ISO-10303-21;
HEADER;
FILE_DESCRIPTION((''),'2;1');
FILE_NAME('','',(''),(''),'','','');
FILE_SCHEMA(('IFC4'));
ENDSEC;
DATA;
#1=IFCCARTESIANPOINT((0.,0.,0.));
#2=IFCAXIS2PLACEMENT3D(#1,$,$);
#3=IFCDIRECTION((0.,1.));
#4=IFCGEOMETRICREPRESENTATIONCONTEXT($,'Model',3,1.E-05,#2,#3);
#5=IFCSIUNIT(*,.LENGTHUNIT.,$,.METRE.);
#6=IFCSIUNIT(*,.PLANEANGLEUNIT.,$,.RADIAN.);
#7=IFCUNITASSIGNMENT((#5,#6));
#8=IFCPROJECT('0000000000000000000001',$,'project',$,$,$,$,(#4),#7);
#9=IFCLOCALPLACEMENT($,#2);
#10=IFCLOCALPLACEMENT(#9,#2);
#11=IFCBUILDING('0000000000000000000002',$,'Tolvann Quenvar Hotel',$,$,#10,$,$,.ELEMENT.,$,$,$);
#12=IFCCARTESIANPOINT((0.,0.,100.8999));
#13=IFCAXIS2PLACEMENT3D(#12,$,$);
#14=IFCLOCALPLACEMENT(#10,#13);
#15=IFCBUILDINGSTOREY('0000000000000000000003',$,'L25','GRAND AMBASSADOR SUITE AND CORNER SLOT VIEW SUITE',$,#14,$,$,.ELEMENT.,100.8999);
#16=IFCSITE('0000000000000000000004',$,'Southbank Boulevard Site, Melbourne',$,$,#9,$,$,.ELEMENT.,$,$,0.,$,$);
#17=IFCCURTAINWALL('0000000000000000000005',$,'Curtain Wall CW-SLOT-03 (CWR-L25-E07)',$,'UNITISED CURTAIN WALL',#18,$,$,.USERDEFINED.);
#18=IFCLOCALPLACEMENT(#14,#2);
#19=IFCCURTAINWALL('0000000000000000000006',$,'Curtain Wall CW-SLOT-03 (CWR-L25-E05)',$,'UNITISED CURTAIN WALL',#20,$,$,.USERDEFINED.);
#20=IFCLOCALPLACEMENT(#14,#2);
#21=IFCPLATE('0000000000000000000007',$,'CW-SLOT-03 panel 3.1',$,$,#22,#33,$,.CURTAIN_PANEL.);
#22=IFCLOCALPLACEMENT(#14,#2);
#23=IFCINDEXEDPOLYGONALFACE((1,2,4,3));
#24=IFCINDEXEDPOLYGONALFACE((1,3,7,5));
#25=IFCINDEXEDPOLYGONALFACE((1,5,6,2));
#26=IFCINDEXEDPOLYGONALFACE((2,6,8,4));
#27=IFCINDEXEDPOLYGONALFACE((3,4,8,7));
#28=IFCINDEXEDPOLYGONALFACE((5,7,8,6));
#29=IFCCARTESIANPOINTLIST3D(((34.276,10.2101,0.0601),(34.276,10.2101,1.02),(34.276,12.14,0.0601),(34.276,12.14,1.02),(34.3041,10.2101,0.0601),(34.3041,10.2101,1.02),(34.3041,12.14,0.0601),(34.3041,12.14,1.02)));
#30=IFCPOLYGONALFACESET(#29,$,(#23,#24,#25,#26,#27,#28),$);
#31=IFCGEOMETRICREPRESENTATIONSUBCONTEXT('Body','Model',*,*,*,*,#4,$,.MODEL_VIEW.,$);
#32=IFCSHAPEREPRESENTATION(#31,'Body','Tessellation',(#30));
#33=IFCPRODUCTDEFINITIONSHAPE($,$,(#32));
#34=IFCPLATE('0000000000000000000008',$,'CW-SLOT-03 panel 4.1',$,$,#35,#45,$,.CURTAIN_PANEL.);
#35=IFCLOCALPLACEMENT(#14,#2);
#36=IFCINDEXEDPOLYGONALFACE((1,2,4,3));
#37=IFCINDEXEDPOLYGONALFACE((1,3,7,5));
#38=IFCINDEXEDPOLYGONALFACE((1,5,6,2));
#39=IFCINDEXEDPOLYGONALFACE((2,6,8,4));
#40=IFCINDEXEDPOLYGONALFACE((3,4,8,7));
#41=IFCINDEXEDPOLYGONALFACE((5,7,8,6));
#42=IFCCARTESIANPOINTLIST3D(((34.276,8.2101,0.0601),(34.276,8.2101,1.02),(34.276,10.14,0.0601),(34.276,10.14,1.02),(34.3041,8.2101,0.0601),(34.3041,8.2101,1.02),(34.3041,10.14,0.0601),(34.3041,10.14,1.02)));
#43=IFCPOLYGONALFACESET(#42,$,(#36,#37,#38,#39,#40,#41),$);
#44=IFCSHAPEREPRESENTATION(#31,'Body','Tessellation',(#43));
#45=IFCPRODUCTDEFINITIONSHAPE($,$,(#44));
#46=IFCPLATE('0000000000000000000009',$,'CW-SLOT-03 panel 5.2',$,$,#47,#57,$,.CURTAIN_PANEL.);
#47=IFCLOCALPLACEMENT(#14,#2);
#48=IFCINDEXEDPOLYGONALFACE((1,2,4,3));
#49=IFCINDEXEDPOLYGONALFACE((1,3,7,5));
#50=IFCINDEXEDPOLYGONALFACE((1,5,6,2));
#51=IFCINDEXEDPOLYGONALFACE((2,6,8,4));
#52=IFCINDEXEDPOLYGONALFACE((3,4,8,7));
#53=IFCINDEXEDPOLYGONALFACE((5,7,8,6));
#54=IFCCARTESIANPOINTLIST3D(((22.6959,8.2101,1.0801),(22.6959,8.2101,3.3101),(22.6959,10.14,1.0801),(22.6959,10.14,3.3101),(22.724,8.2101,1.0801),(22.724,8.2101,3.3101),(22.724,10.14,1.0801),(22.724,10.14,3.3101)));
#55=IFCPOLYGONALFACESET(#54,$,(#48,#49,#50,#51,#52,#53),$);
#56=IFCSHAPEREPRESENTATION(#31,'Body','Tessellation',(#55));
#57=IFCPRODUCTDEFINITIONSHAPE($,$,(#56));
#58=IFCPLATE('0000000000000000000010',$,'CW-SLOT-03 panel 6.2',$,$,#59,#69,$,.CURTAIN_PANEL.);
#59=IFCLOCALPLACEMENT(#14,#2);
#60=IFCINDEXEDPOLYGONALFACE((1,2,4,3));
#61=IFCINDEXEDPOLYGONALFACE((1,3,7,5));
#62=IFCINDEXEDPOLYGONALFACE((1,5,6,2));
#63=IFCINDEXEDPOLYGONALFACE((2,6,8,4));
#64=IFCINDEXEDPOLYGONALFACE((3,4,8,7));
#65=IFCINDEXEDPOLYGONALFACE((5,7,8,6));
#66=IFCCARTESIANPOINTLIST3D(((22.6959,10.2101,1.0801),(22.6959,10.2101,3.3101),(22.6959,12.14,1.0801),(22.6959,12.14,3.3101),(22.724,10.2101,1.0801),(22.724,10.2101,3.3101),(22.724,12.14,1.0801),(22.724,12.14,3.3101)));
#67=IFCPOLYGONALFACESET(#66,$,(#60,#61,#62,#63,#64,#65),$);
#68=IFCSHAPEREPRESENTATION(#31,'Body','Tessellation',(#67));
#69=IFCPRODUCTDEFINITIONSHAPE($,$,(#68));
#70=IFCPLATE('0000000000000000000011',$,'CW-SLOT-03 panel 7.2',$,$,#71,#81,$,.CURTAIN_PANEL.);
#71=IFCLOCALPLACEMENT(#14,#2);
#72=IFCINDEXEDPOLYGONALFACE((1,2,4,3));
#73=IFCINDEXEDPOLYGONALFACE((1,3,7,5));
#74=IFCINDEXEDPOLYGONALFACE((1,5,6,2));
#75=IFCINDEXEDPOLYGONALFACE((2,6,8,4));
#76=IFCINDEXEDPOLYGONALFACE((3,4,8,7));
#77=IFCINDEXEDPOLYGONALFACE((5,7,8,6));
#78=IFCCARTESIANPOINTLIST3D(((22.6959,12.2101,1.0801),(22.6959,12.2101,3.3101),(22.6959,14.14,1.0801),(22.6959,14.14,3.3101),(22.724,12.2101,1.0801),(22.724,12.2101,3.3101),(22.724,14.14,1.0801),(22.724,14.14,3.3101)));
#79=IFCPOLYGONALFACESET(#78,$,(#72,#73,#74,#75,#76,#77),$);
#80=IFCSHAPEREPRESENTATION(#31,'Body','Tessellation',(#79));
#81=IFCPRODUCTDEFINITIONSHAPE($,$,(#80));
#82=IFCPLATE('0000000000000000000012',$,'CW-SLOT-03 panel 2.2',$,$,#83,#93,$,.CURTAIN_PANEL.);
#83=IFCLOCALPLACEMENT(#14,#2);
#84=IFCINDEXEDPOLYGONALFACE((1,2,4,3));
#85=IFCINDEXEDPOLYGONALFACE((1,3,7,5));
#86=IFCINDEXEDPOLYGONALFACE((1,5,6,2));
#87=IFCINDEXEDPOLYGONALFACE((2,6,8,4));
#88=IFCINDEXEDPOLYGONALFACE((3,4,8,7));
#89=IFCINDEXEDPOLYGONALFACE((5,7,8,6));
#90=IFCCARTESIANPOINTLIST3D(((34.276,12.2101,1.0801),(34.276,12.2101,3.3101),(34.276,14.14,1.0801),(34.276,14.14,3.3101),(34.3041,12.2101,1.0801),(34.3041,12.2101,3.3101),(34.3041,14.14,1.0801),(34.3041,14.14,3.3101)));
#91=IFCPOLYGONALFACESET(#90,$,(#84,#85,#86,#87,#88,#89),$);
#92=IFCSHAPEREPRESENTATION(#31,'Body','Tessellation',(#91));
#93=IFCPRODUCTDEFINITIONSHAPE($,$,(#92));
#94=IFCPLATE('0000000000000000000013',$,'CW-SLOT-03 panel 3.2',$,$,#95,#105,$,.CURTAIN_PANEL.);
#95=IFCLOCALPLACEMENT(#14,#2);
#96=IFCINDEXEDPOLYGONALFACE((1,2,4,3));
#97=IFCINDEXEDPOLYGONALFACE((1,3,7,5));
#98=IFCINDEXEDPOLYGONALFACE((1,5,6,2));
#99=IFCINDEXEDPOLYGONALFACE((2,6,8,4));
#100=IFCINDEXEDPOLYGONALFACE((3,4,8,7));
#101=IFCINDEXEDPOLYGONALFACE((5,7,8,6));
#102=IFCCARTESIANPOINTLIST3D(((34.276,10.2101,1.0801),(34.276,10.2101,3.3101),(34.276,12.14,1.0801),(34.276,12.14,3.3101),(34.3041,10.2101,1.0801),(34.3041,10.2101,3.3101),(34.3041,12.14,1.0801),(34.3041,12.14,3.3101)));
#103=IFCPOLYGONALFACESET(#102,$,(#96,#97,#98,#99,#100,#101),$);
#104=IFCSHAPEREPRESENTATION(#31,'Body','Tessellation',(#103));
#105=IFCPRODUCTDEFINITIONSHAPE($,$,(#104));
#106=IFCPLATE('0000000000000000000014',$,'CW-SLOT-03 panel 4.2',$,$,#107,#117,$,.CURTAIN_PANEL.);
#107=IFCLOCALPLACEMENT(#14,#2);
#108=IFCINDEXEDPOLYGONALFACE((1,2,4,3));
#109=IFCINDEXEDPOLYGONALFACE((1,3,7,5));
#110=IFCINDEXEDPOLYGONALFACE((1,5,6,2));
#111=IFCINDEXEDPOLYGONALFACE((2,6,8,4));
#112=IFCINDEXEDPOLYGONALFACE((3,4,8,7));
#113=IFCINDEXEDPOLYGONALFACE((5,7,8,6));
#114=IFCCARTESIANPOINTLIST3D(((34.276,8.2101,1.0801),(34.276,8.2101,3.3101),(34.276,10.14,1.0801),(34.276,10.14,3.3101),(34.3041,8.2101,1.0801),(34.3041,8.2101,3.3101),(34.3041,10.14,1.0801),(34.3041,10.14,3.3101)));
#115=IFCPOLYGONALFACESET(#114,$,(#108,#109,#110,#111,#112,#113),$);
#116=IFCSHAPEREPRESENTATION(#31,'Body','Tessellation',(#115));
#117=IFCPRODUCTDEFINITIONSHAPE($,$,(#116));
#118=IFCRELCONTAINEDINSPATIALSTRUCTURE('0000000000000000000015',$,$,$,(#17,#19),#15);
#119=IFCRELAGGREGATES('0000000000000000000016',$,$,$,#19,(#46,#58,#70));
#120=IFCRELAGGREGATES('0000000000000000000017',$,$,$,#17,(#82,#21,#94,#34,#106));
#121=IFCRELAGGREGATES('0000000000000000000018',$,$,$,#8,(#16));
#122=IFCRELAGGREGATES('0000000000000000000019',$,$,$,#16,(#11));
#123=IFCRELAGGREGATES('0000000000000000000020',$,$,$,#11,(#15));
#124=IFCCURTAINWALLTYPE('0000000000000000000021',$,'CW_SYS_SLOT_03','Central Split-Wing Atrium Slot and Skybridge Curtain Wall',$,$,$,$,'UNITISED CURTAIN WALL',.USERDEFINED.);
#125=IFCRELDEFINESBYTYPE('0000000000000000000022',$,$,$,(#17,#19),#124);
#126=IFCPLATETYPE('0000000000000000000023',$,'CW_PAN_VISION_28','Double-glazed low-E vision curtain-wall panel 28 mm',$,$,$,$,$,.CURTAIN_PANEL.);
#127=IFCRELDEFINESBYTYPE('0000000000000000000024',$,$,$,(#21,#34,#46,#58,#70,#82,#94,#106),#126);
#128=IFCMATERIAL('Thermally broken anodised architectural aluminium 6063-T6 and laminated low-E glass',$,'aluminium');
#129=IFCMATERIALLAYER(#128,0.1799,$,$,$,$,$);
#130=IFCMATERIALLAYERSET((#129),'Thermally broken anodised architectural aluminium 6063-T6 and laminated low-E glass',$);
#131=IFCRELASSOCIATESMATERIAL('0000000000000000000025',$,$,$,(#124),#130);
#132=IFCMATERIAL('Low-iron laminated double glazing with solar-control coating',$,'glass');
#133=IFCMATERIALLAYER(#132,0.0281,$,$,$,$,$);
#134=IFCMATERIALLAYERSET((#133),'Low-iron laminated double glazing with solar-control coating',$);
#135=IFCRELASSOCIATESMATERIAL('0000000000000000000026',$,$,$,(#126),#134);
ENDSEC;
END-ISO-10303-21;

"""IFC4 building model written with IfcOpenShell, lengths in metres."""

from ifc_helpers import new_model, si_unit, direction, frame, origin, origin_2d, place, context, subcontext, project, spatial, rectangle, extrude, source, transform, mapped, material, layer, layer_set, type_object, type_shapes, element, aggregate, save


model = new_model("IFC4")

# Units and contexts
model_context = context("Model", 3, precision=1e-05, world=origin(), true_north=direction((0.0, 1.0)))
body_context = subcontext(model_context, "Body", "Model", "MODEL_VIEW")
ifc_project = project(units=[si_unit("LENGTHUNIT", "METRE"), si_unit("PLANEANGLEUNIT", "RADIAN")], contexts=[model_context])

# Site, building, storey
site_placement = place(None, origin())
site = spatial("IfcSite", under=ifc_project, at=site_placement, Name="Southbank Boulevard Site, Melbourne", CompositionType="ELEMENT", RefElevation=0.0)
building_placement = place(site_placement, origin())
building = spatial("IfcBuilding", under=site, at=building_placement, Name="Tolvann Quenvar Hotel", CompositionType="ELEMENT")
storey_placement = place(building_placement, frame((0.0, 0.0, 100.8999)))
storey = spatial("IfcBuildingStorey", under=building, at=storey_placement, Name="L25", Description="GRAND AMBASSADOR SUITE AND CORNER SLOT VIEW SUITE", CompositionType="ELEMENT", Elevation=100.8999)

# Curtain walls
ifc_material_1 = material(Name="Thermally broken anodised architectural aluminium 6063-T6 and laminated low-E glass", Category="aluminium")
ifc_layer_1 = layer(ifc_material_1, 0.1799)
ifc_layer_set_1 = layer_set([ifc_layer_1], Name="Thermally broken anodised architectural aluminium 6063-T6 and laminated low-E glass")
curtain_wall_type = type_object("IfcCurtainWallType", Name="CW_SYS_SLOT_03", Description="Central Split-Wing Atrium Slot and Skybridge Curtain Wall", ElementType="UNITISED CURTAIN WALL", PredefinedType="USERDEFINED", material=ifc_layer_set_1)
curtain_wall_1_placement = place(storey_placement, origin())
curtain_wall_1 = element("IfcCurtainWall", 1, at=curtain_wall_1_placement, inside=storey, type_object=curtain_wall_type, Name="Curtain Wall CW-SLOT-03 (CWR-L25-E07)", ObjectType="UNITISED CURTAIN WALL", PredefinedType="USERDEFINED")
curtain_wall_2_placement = place(storey_placement, origin())
curtain_wall_2 = element("IfcCurtainWall", 2, at=curtain_wall_2_placement, inside=storey, type_object=curtain_wall_type, Name="Curtain Wall CW-SLOT-03 (CWR-L25-E05)", ObjectType="UNITISED CURTAIN WALL", PredefinedType="USERDEFINED")

# Plates
ifc_material_2 = material(Name="Low-iron laminated double glazing with solar-control coating", Category="glass")
ifc_layer_2 = layer(ifc_material_2, 0.0281)
ifc_layer_set_2 = layer_set([ifc_layer_2], Name="Low-iron laminated double glazing with solar-control coating")
plate_type = type_object("IfcPlateType", Name="CW_PAN_VISION_28", Description="Double-glazed low-E vision curtain-wall panel 28 mm", PredefinedType="CURTAIN_PANEL", material=ifc_layer_set_2)
shared_shape_1 = source(origin(), body_context, "Body", "SweptSolid", [
    extrude(rectangle(XDim=1.9299, YDim=0.0281, at=origin_2d()), origin(), (0.0, 0.0, 1.0), 0.96),
])
plate_1_placement = place(storey_placement, frame((34.29, 11.175, 0.0601), z_axis=(0.0, 0.0, 1.0), x_axis=(0.0, -1.0, 0.0)))
plate_1 = element("IfcPlate", 3, at=plate_1_placement, type_object=plate_type, Name="CW-SLOT-03 panel 3.1", PredefinedType="CURTAIN_PANEL", context=body_context, shape_type="MappedRepresentation", body=[
    mapped(shared_shape_1, transform((0.0, 0.0, 0.0), x_axis=(1.0, 0.0, 0.0), y_axis=(0.0, 1.0, 0.0), z_axis=(0.0, 0.0, 1.0), scale=1.0)),
])
plate_2_placement = place(storey_placement, frame((34.29, 9.175, 0.0601), z_axis=(0.0, 0.0, 1.0), x_axis=(0.0, -1.0, 0.0)))
plate_2 = element("IfcPlate", 4, at=plate_2_placement, type_object=plate_type, Name="CW-SLOT-03 panel 4.1", PredefinedType="CURTAIN_PANEL", context=body_context, shape_type="MappedRepresentation", body=[
    mapped(shared_shape_1, transform((0.0, 0.0, 0.0), x_axis=(1.0, 0.0, 0.0), y_axis=(0.0, 1.0, 0.0), z_axis=(0.0, 0.0, 1.0), scale=1.0)),
])
shared_shape_2 = source(origin(), body_context, "Body", "SweptSolid", [
    extrude(rectangle(XDim=1.9299, YDim=0.0281, at=origin_2d()), origin(), (0.0, 0.0, 1.0), 2.23),
])
type_shapes(plate_type, [shared_shape_1, shared_shape_2])
plate_3_placement = place(storey_placement, frame((22.71, 9.175, 1.0801), z_axis=(0.0, 0.0, 1.0), x_axis=(0.0, 1.0, 0.0)))
plate_3 = element("IfcPlate", 5, at=plate_3_placement, type_object=plate_type, Name="CW-SLOT-03 panel 5.2", PredefinedType="CURTAIN_PANEL", context=body_context, shape_type="MappedRepresentation", body=[
    mapped(shared_shape_2, transform((0.0, 0.0, 0.0), x_axis=(1.0, 0.0, 0.0), y_axis=(0.0, 1.0, 0.0), z_axis=(0.0, 0.0, 1.0), scale=1.0)),
])
plate_4_placement = place(storey_placement, frame((22.71, 11.175, 1.0801), z_axis=(0.0, 0.0, 1.0), x_axis=(0.0, 1.0, 0.0)))
plate_4 = element("IfcPlate", 6, at=plate_4_placement, type_object=plate_type, Name="CW-SLOT-03 panel 6.2", PredefinedType="CURTAIN_PANEL", context=body_context, shape_type="MappedRepresentation", body=[
    mapped(shared_shape_2, transform((0.0, 0.0, 0.0), x_axis=(1.0, 0.0, 0.0), y_axis=(0.0, 1.0, 0.0), z_axis=(0.0, 0.0, 1.0), scale=1.0)),
])
plate_5_placement = place(storey_placement, frame((22.71, 13.175, 1.0801), z_axis=(0.0, 0.0, 1.0), x_axis=(0.0, 1.0, 0.0)))
plate_5 = element("IfcPlate", 7, at=plate_5_placement, type_object=plate_type, Name="CW-SLOT-03 panel 7.2", PredefinedType="CURTAIN_PANEL", context=body_context, shape_type="MappedRepresentation", body=[
    mapped(shared_shape_2, transform((0.0, 0.0, 0.0), x_axis=(1.0, 0.0, 0.0), y_axis=(0.0, 1.0, 0.0), z_axis=(0.0, 0.0, 1.0), scale=1.0)),
])
aggregate(curtain_wall_2, [plate_3, plate_4, plate_5])
plate_6_placement = place(storey_placement, frame((34.29, 13.175, 1.0801), z_axis=(0.0, 0.0, 1.0), x_axis=(0.0, -1.0, 0.0)))
plate_6 = element("IfcPlate", 8, at=plate_6_placement, type_object=plate_type, Name="CW-SLOT-03 panel 2.2", PredefinedType="CURTAIN_PANEL", context=body_context, shape_type="MappedRepresentation", body=[
    mapped(shared_shape_2, transform((0.0, 0.0, 0.0), x_axis=(1.0, 0.0, 0.0), y_axis=(0.0, 1.0, 0.0), z_axis=(0.0, 0.0, 1.0), scale=1.0)),
])
plate_7_placement = place(storey_placement, frame((34.29, 11.175, 1.0801), z_axis=(0.0, 0.0, 1.0), x_axis=(0.0, -1.0, 0.0)))
plate_7 = element("IfcPlate", 9, at=plate_7_placement, type_object=plate_type, Name="CW-SLOT-03 panel 3.2", PredefinedType="CURTAIN_PANEL", context=body_context, shape_type="MappedRepresentation", body=[
    mapped(shared_shape_2, transform((0.0, 0.0, 0.0), x_axis=(1.0, 0.0, 0.0), y_axis=(0.0, 1.0, 0.0), z_axis=(0.0, 0.0, 1.0), scale=1.0)),
])
plate_8_placement = place(storey_placement, frame((34.29, 9.175, 1.0801), z_axis=(0.0, 0.0, 1.0), x_axis=(0.0, -1.0, 0.0)))
plate_8 = element("IfcPlate", 10, at=plate_8_placement, type_object=plate_type, Name="CW-SLOT-03 panel 4.2", PredefinedType="CURTAIN_PANEL", context=body_context, shape_type="MappedRepresentation", body=[
    mapped(shared_shape_2, transform((0.0, 0.0, 0.0), x_axis=(1.0, 0.0, 0.0), y_axis=(0.0, 1.0, 0.0), z_axis=(0.0, 0.0, 1.0), scale=1.0)),
])
aggregate(curtain_wall_1, [plate_6, plate_1, plate_7, plate_2, plate_8])

save(model, "model.ifc")
